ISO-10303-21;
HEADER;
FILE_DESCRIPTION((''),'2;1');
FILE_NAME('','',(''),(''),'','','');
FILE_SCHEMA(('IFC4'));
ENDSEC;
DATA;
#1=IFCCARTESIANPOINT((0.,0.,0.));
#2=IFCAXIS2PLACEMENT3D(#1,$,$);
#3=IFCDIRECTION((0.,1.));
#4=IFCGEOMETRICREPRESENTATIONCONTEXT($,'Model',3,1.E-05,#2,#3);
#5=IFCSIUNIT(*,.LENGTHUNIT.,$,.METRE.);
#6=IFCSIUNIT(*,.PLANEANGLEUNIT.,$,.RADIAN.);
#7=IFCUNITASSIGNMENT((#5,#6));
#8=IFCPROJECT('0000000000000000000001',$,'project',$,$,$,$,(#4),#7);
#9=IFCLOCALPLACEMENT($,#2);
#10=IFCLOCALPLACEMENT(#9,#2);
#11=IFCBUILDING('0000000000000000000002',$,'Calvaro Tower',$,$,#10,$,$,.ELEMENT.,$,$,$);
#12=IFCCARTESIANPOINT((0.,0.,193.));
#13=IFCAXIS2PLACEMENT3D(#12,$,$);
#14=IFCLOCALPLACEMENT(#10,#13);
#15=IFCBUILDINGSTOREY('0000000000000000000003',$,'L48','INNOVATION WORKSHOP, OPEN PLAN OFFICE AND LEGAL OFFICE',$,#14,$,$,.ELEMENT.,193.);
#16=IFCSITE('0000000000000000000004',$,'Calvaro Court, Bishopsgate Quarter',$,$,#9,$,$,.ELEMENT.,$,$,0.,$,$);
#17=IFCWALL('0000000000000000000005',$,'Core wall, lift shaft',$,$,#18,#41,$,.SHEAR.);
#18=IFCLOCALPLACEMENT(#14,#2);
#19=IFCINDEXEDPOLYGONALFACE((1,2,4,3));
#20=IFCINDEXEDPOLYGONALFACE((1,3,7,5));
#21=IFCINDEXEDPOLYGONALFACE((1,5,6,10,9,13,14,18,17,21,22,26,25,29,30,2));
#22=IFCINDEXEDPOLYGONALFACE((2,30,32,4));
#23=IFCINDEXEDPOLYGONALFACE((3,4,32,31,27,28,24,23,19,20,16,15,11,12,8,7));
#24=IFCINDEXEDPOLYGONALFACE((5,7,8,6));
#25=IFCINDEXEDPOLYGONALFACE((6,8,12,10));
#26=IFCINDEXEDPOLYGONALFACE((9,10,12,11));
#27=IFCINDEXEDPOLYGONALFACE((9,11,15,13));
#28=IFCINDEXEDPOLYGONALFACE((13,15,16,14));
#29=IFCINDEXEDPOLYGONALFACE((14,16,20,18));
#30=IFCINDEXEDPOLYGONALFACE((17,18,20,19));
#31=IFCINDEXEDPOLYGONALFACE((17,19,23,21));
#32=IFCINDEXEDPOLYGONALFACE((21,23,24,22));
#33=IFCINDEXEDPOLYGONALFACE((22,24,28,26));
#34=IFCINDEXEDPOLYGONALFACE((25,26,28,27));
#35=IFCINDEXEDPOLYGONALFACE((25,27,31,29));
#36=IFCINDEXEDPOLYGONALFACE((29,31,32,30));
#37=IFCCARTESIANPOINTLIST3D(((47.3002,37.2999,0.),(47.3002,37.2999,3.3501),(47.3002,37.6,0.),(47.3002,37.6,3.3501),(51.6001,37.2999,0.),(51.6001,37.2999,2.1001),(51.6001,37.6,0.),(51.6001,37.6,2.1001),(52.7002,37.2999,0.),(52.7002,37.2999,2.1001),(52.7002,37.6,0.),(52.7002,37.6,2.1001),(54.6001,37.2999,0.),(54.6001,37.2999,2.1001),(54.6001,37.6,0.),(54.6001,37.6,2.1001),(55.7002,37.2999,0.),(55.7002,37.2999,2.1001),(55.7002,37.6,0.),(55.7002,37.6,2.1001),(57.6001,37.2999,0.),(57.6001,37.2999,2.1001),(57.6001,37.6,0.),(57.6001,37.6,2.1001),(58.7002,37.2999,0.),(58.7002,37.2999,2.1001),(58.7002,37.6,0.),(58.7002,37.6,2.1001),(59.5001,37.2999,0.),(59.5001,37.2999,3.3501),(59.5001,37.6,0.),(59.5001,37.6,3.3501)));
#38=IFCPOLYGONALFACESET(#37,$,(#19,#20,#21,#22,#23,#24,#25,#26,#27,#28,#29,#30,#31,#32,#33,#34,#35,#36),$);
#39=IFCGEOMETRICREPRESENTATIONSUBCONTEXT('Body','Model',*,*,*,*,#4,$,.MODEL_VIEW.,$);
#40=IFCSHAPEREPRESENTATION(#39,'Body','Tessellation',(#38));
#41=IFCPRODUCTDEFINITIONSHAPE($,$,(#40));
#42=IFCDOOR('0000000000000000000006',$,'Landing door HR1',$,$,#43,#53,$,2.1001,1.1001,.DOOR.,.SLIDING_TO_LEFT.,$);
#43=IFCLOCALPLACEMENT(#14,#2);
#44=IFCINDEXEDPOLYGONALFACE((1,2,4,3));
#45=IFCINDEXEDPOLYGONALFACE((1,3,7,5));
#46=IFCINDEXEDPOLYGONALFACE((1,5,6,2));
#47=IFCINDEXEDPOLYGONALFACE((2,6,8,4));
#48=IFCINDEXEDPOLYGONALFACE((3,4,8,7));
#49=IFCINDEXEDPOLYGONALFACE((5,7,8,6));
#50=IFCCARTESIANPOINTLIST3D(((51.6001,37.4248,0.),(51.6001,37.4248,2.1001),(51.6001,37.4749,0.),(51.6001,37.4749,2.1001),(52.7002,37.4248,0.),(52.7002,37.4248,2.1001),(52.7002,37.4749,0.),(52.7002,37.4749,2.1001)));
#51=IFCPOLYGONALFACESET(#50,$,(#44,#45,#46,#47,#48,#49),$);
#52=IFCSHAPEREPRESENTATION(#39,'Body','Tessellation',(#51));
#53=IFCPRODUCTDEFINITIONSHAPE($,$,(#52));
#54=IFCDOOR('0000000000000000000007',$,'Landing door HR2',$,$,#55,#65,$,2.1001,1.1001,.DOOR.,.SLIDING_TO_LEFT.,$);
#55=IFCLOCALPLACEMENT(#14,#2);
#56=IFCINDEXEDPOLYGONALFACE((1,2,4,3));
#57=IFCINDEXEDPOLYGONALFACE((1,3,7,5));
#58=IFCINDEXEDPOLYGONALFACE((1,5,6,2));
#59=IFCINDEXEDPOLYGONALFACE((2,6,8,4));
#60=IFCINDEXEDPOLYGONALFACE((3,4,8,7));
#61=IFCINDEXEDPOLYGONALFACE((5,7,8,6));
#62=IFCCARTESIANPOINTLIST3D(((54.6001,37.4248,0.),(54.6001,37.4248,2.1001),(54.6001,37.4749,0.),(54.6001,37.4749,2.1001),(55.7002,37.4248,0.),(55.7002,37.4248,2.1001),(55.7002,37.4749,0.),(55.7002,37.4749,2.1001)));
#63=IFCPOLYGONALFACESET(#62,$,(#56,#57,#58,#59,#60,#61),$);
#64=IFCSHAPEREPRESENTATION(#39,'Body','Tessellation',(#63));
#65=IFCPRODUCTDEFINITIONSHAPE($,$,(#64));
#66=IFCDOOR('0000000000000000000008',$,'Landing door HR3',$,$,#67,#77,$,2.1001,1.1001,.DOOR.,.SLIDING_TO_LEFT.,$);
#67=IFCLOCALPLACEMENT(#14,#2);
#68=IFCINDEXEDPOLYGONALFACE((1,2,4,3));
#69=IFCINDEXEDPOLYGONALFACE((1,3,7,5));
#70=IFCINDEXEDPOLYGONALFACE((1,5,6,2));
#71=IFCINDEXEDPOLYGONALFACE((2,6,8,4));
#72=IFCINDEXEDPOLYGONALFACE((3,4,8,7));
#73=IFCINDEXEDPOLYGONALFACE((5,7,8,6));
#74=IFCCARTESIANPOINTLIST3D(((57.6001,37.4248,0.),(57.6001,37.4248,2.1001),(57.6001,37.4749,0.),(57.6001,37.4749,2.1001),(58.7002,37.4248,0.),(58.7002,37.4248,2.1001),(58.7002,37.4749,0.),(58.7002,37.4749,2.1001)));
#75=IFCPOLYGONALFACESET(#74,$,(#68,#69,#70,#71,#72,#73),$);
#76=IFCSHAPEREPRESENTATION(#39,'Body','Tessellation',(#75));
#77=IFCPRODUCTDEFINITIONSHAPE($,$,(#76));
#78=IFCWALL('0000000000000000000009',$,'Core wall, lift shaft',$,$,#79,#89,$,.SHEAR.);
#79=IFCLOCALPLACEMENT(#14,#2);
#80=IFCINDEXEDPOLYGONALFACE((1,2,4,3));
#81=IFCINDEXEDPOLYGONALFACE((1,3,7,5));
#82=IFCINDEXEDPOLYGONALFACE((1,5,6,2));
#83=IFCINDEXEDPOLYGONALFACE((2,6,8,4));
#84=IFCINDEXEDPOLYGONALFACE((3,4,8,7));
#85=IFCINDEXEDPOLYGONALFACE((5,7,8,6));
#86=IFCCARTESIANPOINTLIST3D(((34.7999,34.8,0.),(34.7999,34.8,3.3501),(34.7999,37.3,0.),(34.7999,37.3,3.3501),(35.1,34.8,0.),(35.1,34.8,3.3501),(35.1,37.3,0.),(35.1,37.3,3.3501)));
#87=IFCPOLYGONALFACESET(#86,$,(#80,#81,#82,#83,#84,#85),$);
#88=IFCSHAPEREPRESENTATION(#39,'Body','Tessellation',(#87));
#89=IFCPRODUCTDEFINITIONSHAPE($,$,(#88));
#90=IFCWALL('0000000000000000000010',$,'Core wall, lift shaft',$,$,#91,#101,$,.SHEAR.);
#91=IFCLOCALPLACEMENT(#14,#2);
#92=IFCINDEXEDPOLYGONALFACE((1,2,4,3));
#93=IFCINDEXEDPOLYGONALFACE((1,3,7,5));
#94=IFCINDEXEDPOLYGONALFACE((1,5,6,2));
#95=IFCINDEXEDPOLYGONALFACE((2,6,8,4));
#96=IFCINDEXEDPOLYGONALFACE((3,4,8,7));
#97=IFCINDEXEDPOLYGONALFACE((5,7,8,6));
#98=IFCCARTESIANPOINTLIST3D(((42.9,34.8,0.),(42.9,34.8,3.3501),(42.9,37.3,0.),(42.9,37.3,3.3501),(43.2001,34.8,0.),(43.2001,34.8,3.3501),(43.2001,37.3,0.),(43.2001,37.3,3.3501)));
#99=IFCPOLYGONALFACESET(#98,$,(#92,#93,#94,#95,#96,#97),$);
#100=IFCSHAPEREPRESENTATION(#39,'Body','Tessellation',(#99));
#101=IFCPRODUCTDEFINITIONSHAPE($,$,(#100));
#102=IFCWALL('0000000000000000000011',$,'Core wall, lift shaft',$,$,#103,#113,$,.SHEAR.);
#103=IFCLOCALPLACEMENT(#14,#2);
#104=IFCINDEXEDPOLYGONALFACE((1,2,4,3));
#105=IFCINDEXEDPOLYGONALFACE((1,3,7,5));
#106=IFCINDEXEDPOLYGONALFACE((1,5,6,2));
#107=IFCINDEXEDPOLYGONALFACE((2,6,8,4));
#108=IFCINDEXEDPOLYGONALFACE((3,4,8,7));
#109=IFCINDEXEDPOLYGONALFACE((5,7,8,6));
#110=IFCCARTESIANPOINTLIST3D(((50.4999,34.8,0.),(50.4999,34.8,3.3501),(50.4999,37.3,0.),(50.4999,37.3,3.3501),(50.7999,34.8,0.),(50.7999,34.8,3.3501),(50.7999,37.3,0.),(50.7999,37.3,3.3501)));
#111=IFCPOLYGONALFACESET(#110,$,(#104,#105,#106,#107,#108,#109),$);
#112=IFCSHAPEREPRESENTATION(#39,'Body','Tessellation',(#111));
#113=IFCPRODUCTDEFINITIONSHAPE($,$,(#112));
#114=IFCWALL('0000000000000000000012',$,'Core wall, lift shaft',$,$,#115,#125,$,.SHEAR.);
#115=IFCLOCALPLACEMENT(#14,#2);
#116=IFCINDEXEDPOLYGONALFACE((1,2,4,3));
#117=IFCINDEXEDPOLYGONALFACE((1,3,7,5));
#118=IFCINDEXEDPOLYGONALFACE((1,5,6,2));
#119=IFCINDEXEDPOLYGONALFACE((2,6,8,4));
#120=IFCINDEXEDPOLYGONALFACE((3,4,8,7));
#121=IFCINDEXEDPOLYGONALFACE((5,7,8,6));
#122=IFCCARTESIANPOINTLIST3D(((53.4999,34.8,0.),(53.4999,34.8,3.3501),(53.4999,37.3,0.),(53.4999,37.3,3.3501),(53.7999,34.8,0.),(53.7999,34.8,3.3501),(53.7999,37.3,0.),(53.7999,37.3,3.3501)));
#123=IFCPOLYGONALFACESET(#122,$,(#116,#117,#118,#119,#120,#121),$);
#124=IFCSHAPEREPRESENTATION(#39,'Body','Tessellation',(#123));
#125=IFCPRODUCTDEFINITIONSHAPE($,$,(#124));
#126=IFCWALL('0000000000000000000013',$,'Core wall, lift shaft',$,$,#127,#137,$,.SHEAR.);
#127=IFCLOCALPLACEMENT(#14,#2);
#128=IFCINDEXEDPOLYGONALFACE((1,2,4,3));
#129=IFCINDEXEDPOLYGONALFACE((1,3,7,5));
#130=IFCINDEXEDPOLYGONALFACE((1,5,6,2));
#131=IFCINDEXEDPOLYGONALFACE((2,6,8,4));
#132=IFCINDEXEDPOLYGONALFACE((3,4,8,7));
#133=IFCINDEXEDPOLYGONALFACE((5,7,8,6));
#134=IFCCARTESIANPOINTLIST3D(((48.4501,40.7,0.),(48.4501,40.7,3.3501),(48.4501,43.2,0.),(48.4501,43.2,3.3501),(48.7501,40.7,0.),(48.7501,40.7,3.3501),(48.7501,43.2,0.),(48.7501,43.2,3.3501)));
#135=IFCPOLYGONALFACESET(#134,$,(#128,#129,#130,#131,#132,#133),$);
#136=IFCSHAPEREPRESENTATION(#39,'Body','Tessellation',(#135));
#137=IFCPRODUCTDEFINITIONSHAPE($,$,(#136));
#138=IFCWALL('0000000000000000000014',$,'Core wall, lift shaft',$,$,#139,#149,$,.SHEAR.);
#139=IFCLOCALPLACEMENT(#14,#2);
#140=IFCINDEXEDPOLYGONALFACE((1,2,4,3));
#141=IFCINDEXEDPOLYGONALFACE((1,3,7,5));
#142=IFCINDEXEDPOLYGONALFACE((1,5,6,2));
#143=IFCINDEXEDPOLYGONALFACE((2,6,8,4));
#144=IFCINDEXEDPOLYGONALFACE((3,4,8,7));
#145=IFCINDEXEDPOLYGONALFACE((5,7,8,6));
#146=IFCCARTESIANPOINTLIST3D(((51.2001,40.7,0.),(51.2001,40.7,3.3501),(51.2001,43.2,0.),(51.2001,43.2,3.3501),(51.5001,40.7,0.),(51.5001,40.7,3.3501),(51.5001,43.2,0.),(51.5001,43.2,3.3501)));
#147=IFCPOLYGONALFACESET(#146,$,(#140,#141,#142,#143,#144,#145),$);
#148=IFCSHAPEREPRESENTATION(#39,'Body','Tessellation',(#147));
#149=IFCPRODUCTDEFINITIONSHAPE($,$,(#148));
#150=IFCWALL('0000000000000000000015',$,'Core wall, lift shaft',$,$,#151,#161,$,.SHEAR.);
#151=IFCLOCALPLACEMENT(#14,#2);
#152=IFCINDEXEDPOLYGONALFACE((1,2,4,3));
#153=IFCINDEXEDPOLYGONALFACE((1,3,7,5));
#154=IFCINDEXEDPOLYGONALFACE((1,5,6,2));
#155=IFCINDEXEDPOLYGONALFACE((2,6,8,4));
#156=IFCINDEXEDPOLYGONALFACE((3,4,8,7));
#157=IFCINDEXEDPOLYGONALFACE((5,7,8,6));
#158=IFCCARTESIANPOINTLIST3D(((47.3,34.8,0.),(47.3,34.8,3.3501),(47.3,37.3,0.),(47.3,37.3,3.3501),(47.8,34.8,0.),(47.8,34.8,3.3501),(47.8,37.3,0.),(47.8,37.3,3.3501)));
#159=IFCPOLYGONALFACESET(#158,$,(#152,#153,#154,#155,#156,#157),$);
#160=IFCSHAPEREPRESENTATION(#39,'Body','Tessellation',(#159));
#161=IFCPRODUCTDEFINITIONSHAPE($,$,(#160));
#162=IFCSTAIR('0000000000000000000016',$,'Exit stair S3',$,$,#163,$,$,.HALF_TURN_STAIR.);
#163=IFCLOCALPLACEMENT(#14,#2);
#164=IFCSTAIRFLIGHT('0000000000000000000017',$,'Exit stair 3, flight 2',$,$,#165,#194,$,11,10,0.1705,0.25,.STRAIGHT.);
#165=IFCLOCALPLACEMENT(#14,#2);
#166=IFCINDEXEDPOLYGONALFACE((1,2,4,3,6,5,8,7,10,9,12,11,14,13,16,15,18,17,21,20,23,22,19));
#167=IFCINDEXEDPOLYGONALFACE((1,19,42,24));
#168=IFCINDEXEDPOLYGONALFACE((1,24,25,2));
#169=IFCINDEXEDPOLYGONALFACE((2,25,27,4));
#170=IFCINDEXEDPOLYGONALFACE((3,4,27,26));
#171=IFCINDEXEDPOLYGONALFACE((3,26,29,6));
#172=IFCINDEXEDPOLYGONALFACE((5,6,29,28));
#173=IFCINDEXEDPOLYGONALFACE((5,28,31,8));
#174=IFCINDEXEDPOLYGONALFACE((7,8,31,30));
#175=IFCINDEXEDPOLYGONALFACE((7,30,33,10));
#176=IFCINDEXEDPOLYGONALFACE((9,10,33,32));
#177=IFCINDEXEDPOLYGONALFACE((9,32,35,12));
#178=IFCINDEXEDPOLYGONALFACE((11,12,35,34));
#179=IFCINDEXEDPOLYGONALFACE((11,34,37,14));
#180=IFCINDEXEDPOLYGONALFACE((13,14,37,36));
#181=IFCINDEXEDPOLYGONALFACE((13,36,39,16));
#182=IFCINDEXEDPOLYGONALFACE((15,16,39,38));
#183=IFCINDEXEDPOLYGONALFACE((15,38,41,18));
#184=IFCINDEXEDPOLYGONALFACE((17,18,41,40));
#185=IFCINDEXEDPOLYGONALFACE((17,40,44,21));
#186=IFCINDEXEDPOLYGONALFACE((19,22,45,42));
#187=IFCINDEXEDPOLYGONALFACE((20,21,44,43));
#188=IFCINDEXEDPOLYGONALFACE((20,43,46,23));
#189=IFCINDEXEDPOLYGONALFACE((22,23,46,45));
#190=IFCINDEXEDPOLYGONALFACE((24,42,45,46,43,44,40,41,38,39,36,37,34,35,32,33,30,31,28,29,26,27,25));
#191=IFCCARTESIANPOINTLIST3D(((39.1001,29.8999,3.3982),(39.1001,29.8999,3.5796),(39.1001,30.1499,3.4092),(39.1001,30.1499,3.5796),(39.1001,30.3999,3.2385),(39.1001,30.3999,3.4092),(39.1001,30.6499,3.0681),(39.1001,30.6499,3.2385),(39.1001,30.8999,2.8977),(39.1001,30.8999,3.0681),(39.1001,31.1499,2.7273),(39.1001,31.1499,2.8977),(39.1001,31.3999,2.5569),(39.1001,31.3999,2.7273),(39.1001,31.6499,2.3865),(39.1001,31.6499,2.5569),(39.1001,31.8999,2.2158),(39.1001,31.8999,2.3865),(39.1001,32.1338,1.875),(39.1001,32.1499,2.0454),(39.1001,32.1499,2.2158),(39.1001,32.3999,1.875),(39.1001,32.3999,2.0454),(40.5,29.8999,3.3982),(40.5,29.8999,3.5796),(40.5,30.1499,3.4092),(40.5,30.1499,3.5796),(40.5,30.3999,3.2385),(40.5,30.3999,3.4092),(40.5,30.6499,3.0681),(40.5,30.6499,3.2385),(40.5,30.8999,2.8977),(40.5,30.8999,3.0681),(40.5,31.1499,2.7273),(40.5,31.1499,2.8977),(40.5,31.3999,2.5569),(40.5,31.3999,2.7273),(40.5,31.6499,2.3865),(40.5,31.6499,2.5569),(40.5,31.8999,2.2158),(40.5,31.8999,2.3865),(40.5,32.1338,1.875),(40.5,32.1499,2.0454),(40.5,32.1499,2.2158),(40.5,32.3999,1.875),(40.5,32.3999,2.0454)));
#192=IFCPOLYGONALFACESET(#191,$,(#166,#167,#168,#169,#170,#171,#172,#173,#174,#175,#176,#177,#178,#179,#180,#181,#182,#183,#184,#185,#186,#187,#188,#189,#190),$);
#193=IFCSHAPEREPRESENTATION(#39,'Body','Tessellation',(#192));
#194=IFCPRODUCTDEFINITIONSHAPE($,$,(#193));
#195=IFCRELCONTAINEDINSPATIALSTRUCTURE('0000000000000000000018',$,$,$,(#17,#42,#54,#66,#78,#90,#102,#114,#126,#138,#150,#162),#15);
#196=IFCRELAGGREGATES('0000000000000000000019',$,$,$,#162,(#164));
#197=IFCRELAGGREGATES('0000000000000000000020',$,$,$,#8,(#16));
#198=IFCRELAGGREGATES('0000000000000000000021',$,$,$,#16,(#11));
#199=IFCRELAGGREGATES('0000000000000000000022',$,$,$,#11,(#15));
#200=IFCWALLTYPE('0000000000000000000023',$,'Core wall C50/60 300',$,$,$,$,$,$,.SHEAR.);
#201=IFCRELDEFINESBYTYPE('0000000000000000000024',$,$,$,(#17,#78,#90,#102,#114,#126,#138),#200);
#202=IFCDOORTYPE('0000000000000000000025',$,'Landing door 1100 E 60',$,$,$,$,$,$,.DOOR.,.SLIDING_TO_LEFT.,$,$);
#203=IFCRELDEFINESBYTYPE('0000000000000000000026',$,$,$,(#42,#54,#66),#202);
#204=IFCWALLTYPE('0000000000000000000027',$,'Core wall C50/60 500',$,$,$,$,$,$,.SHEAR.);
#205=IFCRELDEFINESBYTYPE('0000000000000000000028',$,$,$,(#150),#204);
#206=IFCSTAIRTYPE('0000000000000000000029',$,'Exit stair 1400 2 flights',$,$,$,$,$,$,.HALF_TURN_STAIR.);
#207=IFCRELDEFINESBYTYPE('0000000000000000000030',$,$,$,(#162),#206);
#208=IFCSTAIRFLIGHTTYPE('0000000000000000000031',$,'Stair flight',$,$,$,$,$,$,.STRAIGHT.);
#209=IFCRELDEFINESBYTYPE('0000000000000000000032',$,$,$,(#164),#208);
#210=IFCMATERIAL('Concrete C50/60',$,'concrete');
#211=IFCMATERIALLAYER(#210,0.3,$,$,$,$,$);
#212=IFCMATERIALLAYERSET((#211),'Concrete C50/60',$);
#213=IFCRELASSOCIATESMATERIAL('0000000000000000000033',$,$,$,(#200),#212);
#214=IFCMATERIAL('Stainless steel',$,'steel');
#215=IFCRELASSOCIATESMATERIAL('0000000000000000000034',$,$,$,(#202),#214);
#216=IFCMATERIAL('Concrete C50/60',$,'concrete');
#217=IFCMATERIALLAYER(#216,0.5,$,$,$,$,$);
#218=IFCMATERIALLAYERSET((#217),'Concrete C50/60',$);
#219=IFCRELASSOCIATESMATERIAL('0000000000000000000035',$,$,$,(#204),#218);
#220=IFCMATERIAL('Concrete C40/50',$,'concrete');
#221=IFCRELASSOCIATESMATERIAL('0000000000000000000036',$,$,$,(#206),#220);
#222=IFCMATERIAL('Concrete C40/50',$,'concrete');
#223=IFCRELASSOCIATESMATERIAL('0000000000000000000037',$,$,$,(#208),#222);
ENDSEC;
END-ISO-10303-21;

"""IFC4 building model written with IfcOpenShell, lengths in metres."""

from ifc_helpers import new_model, si_unit, direction, frame, frame_2d, origin, place, context, subcontext, project, spatial, polyline, rectangle, outline, extrude, material, layer, layer_set, type_object, element, fill, aggregate, save


model = new_model("IFC4")

# Units and contexts
model_context = context("Model", 3, precision=1e-05, world=origin(), true_north=direction((0.0, 1.0)))
body_context = subcontext(model_context, "Body", "Model", "MODEL_VIEW")
ifc_project = project(units=[si_unit("LENGTHUNIT", "METRE"), si_unit("PLANEANGLEUNIT", "RADIAN")], contexts=[model_context])

# Site, building, storey
site_placement = place(None, origin())
site = spatial("IfcSite", under=ifc_project, at=site_placement, Name="Calvaro Court, Bishopsgate Quarter", CompositionType="ELEMENT", RefElevation=0.0)
building_placement = place(site_placement, origin())
building = spatial("IfcBuilding", under=site, at=building_placement, Name="Calvaro Tower", CompositionType="ELEMENT")
storey_placement = place(building_placement, frame((0.0, 0.0, 193.0)))
storey = spatial("IfcBuildingStorey", under=building, at=storey_placement, Name="L48", Description="INNOVATION WORKSHOP, OPEN PLAN OFFICE AND LEGAL OFFICE", CompositionType="ELEMENT", Elevation=193.0)

# Shared definitions
ifc_material_1 = material(Name="Concrete C50/60", Category="concrete")
ifc_layer_1 = layer(ifc_material_1, 0.3)
ifc_layer_set_1 = layer_set([ifc_layer_1], Name="Concrete C50/60")
wall_type_1 = type_object("IfcWallType", Name="Core wall C50/60 300", PredefinedType="SHEAR", material=ifc_layer_set_1)
ifc_material_2 = material(Name="Stainless steel", Category="steel")
door_type_1 = type_object("IfcDoorType", Name="Landing door 1100 E 60", OperationType="SLIDING_TO_LEFT", PredefinedType="DOOR", material=ifc_material_2)

# Wall, openings, doors
wall_1_placement = place(storey_placement, frame((47.3, 37.45, 0.0), z_axis=(0.0, 0.0, 1.0), x_axis=(1.0, 0.0, 0.0)))
wall_1 = element("IfcWall", 1, at=wall_1_placement, inside=storey, type_object=wall_type_1, Name="Core wall, lift shaft", PredefinedType="SHEAR", context=body_context, shape_type="SweptSolid", body=[
    extrude(rectangle(XDim=12.2, YDim=0.3, at=frame_2d((6.1001, 0.0))), origin(), (0.0, 0.0, 1.0), 3.3501),
])
opening_1_placement = place(wall_1_placement, frame((4.3, 0.0, 0.0)))
opening_1 = element("IfcOpeningElement", 2, at=opening_1_placement, cuts=wall_1, PredefinedType="OPENING", context=body_context, shape_type="SweptSolid", body=[
    extrude(rectangle(XDim=1.1001, YDim=2.1001, at=frame_2d((0.55, 1.05))), frame((0.0, 0.1599, 0.0), z_axis=(0.0, -1.0, 0.0), x_axis=(1.0, 0.0, 0.0)), (0.0, 0.0, 1.0), 0.3201),
])
opening_2_placement = place(wall_1_placement, frame((7.3, 0.0, 0.0)))
opening_2 = element("IfcOpeningElement", 3, at=opening_2_placement, cuts=wall_1, PredefinedType="OPENING", context=body_context, shape_type="SweptSolid", body=[
    extrude(rectangle(XDim=1.1001, YDim=2.1001, at=frame_2d((0.55, 1.05))), frame((0.0, 0.1599, 0.0), z_axis=(0.0, -1.0, 0.0), x_axis=(1.0, 0.0, 0.0)), (0.0, 0.0, 1.0), 0.3201),
])
opening_3_placement = place(wall_1_placement, frame((10.3, 0.0, 0.0)))
opening_3 = element("IfcOpeningElement", 4, at=opening_3_placement, cuts=wall_1, PredefinedType="OPENING", context=body_context, shape_type="SweptSolid", body=[
    extrude(rectangle(XDim=1.1001, YDim=2.1001, at=frame_2d((0.55, 1.05))), frame((0.0, 0.1599, 0.0), z_axis=(0.0, -1.0, 0.0), x_axis=(1.0, 0.0, 0.0)), (0.0, 0.0, 1.0), 0.3201),
])
door_1_placement = place(opening_1_placement, origin())
door_1 = element("IfcDoor", 5, at=door_1_placement, inside=storey, type_object=door_type_1, Name="Landing door HR1", OperationType="SLIDING_TO_LEFT", OverallHeight=2.1001, OverallWidth=1.1001, PredefinedType="DOOR", context=body_context, shape_type="SweptSolid", body=[
    extrude(rectangle(XDim=1.1001, YDim=2.1001, at=frame_2d((0.55, 1.05))), frame((0.0, 0.0249, 0.0), z_axis=(0.0, -1.0, 0.0), x_axis=(1.0, 0.0, 0.0)), (0.0, 0.0, 1.0), 0.05),
])
fill(opening_1, door_1)
door_2_placement = place(opening_2_placement, origin())
door_2 = element("IfcDoor", 6, at=door_2_placement, inside=storey, type_object=door_type_1, Name="Landing door HR2", OperationType="SLIDING_TO_LEFT", OverallHeight=2.1001, OverallWidth=1.1001, PredefinedType="DOOR", context=body_context, shape_type="SweptSolid", body=[
    extrude(rectangle(XDim=1.1001, YDim=2.1001, at=frame_2d((0.55, 1.05))), frame((0.0, 0.0249, 0.0), z_axis=(0.0, -1.0, 0.0), x_axis=(1.0, 0.0, 0.0)), (0.0, 0.0, 1.0), 0.05),
])
fill(opening_2, door_2)
door_3_placement = place(opening_3_placement, origin())
door_3 = element("IfcDoor", 7, at=door_3_placement, inside=storey, type_object=door_type_1, Name="Landing door HR3", OperationType="SLIDING_TO_LEFT", OverallHeight=2.1001, OverallWidth=1.1001, PredefinedType="DOOR", context=body_context, shape_type="SweptSolid", body=[
    extrude(rectangle(XDim=1.1001, YDim=2.1001, at=frame_2d((0.55, 1.05))), frame((0.0, 0.0249, 0.0), z_axis=(0.0, -1.0, 0.0), x_axis=(1.0, 0.0, 0.0)), (0.0, 0.0, 1.0), 0.05),
])
fill(opening_3, door_3)

# Walls
for number, where, z_axis, x_axis, name in (
    (8, (34.95, 34.8, 0.0), (0.0, 0.0, 1.0), (0.0, 1.0, 0.0), "Core wall, lift shaft"),
    (9, (43.05, 34.8, 0.0), (0.0, 0.0, 1.0), (0.0, 1.0, 0.0), "Core wall, lift shaft"),
    (10, (50.6499, 34.8, 0.0), (0.0, 0.0, 1.0), (0.0, 1.0, 0.0), "Core wall, lift shaft"),
    (11, (53.6499, 34.8, 0.0), (0.0, 0.0, 1.0), (0.0, 1.0, 0.0), "Core wall, lift shaft"),
    (12, (48.6001, 40.7, 0.0), (0.0, 0.0, 1.0), (0.0, 1.0, 0.0), "Core wall, lift shaft"),
    (13, (51.3501, 40.7, 0.0), (0.0, 0.0, 1.0), (0.0, 1.0, 0.0), "Core wall, lift shaft"),
):
    element("IfcWall", number, at=place(storey_placement, frame(where, z_axis=z_axis, x_axis=x_axis)), inside=storey, type_object=wall_type_1, Name=name, PredefinedType="SHEAR", context=body_context, shape_type="SweptSolid", body=[
        extrude(rectangle(XDim=2.5, YDim=0.3, at=frame_2d((1.25, 0.0))), origin(), (0.0, 0.0, 1.0), 3.3501),
    ])
ifc_material_3 = material(Name="Concrete C50/60", Category="concrete")
ifc_layer_2 = layer(ifc_material_3, 0.5)
ifc_layer_set_2 = layer_set([ifc_layer_2], Name="Concrete C50/60")
wall_type_2 = type_object("IfcWallType", Name="Core wall C50/60 500", PredefinedType="SHEAR", material=ifc_layer_set_2)
wall_2_placement = place(storey_placement, frame((47.55, 34.8, 0.0), z_axis=(0.0, 0.0, 1.0), x_axis=(0.0, 1.0, 0.0)))
element("IfcWall", 14, at=wall_2_placement, inside=storey, type_object=wall_type_2, Name="Core wall, lift shaft", PredefinedType="SHEAR", context=body_context, shape_type="SweptSolid", body=[
    extrude(rectangle(XDim=2.5, YDim=0.5, at=frame_2d((1.25, 0.0))), origin(), (0.0, 0.0, 1.0), 3.3501),
])

# Stair, stair flight
ifc_material_4 = material(Name="Concrete C40/50", Category="concrete")
stair_type = type_object("IfcStairType", Name="Exit stair 1400 2 flights", PredefinedType="HALF_TURN_STAIR", material=ifc_material_4)
stair_1_placement = place(storey_placement, origin())
stair_1 = element("IfcStair", 15, at=stair_1_placement, inside=storey, type_object=stair_type, Name="Exit stair S3", PredefinedType="HALF_TURN_STAIR")
ifc_material_5 = material(Name="Concrete C40/50", Category="concrete")
stair_flight_type = type_object("IfcStairFlightType", Name="Stair flight", PredefinedType="STRAIGHT", material=ifc_material_5)
stair_flight_1_placement = place(storey_placement, frame((39.8, 32.3999, 1.875), z_axis=(0.0, 0.0, 1.0), x_axis=(0.0, -1.0, 0.0)))
stair_flight_1 = element("IfcStairFlight", 16, at=stair_flight_1_placement, type_object=stair_flight_type, Name="Exit stair 3, flight 2", NumberOfRisers=11, NumberOfTreads=10, PredefinedType="STRAIGHT", RiserHeight=0.1705, TreadLength=0.25, context=body_context, shape_type="SweptSolid", body=[
    extrude(outline(polyline([(0.0, 0.0), (0.0, 0.1704), (0.25, 0.1704), (0.25, 0.3408), (0.5, 0.3408), (0.5, 0.5115), (0.75, 0.5115), (0.75, 0.6819), (1.0, 0.6819), (1.0, 0.8523), (1.25, 0.8523), (1.25, 1.0227), (1.5, 1.0227), (1.5, 1.1931), (1.75, 1.1931), (1.75, 1.3635), (2.0, 1.3635), (2.0, 1.5342), (2.25, 1.5342), (2.25, 1.7046), (2.5, 1.7046), (2.5, 1.875), (2.5, 1.5232), (0.2661, 0.0), (0.0, 0.0)])), frame((0.0, 0.7, 0.0), z_axis=(0.0, -1.0, 0.0), x_axis=(1.0, 0.0, 0.0)), (0.0, 0.0, 1.0), 1.3999),
])

aggregate(stair_1, [stair_flight_1])

save(model, "model.ifc")
